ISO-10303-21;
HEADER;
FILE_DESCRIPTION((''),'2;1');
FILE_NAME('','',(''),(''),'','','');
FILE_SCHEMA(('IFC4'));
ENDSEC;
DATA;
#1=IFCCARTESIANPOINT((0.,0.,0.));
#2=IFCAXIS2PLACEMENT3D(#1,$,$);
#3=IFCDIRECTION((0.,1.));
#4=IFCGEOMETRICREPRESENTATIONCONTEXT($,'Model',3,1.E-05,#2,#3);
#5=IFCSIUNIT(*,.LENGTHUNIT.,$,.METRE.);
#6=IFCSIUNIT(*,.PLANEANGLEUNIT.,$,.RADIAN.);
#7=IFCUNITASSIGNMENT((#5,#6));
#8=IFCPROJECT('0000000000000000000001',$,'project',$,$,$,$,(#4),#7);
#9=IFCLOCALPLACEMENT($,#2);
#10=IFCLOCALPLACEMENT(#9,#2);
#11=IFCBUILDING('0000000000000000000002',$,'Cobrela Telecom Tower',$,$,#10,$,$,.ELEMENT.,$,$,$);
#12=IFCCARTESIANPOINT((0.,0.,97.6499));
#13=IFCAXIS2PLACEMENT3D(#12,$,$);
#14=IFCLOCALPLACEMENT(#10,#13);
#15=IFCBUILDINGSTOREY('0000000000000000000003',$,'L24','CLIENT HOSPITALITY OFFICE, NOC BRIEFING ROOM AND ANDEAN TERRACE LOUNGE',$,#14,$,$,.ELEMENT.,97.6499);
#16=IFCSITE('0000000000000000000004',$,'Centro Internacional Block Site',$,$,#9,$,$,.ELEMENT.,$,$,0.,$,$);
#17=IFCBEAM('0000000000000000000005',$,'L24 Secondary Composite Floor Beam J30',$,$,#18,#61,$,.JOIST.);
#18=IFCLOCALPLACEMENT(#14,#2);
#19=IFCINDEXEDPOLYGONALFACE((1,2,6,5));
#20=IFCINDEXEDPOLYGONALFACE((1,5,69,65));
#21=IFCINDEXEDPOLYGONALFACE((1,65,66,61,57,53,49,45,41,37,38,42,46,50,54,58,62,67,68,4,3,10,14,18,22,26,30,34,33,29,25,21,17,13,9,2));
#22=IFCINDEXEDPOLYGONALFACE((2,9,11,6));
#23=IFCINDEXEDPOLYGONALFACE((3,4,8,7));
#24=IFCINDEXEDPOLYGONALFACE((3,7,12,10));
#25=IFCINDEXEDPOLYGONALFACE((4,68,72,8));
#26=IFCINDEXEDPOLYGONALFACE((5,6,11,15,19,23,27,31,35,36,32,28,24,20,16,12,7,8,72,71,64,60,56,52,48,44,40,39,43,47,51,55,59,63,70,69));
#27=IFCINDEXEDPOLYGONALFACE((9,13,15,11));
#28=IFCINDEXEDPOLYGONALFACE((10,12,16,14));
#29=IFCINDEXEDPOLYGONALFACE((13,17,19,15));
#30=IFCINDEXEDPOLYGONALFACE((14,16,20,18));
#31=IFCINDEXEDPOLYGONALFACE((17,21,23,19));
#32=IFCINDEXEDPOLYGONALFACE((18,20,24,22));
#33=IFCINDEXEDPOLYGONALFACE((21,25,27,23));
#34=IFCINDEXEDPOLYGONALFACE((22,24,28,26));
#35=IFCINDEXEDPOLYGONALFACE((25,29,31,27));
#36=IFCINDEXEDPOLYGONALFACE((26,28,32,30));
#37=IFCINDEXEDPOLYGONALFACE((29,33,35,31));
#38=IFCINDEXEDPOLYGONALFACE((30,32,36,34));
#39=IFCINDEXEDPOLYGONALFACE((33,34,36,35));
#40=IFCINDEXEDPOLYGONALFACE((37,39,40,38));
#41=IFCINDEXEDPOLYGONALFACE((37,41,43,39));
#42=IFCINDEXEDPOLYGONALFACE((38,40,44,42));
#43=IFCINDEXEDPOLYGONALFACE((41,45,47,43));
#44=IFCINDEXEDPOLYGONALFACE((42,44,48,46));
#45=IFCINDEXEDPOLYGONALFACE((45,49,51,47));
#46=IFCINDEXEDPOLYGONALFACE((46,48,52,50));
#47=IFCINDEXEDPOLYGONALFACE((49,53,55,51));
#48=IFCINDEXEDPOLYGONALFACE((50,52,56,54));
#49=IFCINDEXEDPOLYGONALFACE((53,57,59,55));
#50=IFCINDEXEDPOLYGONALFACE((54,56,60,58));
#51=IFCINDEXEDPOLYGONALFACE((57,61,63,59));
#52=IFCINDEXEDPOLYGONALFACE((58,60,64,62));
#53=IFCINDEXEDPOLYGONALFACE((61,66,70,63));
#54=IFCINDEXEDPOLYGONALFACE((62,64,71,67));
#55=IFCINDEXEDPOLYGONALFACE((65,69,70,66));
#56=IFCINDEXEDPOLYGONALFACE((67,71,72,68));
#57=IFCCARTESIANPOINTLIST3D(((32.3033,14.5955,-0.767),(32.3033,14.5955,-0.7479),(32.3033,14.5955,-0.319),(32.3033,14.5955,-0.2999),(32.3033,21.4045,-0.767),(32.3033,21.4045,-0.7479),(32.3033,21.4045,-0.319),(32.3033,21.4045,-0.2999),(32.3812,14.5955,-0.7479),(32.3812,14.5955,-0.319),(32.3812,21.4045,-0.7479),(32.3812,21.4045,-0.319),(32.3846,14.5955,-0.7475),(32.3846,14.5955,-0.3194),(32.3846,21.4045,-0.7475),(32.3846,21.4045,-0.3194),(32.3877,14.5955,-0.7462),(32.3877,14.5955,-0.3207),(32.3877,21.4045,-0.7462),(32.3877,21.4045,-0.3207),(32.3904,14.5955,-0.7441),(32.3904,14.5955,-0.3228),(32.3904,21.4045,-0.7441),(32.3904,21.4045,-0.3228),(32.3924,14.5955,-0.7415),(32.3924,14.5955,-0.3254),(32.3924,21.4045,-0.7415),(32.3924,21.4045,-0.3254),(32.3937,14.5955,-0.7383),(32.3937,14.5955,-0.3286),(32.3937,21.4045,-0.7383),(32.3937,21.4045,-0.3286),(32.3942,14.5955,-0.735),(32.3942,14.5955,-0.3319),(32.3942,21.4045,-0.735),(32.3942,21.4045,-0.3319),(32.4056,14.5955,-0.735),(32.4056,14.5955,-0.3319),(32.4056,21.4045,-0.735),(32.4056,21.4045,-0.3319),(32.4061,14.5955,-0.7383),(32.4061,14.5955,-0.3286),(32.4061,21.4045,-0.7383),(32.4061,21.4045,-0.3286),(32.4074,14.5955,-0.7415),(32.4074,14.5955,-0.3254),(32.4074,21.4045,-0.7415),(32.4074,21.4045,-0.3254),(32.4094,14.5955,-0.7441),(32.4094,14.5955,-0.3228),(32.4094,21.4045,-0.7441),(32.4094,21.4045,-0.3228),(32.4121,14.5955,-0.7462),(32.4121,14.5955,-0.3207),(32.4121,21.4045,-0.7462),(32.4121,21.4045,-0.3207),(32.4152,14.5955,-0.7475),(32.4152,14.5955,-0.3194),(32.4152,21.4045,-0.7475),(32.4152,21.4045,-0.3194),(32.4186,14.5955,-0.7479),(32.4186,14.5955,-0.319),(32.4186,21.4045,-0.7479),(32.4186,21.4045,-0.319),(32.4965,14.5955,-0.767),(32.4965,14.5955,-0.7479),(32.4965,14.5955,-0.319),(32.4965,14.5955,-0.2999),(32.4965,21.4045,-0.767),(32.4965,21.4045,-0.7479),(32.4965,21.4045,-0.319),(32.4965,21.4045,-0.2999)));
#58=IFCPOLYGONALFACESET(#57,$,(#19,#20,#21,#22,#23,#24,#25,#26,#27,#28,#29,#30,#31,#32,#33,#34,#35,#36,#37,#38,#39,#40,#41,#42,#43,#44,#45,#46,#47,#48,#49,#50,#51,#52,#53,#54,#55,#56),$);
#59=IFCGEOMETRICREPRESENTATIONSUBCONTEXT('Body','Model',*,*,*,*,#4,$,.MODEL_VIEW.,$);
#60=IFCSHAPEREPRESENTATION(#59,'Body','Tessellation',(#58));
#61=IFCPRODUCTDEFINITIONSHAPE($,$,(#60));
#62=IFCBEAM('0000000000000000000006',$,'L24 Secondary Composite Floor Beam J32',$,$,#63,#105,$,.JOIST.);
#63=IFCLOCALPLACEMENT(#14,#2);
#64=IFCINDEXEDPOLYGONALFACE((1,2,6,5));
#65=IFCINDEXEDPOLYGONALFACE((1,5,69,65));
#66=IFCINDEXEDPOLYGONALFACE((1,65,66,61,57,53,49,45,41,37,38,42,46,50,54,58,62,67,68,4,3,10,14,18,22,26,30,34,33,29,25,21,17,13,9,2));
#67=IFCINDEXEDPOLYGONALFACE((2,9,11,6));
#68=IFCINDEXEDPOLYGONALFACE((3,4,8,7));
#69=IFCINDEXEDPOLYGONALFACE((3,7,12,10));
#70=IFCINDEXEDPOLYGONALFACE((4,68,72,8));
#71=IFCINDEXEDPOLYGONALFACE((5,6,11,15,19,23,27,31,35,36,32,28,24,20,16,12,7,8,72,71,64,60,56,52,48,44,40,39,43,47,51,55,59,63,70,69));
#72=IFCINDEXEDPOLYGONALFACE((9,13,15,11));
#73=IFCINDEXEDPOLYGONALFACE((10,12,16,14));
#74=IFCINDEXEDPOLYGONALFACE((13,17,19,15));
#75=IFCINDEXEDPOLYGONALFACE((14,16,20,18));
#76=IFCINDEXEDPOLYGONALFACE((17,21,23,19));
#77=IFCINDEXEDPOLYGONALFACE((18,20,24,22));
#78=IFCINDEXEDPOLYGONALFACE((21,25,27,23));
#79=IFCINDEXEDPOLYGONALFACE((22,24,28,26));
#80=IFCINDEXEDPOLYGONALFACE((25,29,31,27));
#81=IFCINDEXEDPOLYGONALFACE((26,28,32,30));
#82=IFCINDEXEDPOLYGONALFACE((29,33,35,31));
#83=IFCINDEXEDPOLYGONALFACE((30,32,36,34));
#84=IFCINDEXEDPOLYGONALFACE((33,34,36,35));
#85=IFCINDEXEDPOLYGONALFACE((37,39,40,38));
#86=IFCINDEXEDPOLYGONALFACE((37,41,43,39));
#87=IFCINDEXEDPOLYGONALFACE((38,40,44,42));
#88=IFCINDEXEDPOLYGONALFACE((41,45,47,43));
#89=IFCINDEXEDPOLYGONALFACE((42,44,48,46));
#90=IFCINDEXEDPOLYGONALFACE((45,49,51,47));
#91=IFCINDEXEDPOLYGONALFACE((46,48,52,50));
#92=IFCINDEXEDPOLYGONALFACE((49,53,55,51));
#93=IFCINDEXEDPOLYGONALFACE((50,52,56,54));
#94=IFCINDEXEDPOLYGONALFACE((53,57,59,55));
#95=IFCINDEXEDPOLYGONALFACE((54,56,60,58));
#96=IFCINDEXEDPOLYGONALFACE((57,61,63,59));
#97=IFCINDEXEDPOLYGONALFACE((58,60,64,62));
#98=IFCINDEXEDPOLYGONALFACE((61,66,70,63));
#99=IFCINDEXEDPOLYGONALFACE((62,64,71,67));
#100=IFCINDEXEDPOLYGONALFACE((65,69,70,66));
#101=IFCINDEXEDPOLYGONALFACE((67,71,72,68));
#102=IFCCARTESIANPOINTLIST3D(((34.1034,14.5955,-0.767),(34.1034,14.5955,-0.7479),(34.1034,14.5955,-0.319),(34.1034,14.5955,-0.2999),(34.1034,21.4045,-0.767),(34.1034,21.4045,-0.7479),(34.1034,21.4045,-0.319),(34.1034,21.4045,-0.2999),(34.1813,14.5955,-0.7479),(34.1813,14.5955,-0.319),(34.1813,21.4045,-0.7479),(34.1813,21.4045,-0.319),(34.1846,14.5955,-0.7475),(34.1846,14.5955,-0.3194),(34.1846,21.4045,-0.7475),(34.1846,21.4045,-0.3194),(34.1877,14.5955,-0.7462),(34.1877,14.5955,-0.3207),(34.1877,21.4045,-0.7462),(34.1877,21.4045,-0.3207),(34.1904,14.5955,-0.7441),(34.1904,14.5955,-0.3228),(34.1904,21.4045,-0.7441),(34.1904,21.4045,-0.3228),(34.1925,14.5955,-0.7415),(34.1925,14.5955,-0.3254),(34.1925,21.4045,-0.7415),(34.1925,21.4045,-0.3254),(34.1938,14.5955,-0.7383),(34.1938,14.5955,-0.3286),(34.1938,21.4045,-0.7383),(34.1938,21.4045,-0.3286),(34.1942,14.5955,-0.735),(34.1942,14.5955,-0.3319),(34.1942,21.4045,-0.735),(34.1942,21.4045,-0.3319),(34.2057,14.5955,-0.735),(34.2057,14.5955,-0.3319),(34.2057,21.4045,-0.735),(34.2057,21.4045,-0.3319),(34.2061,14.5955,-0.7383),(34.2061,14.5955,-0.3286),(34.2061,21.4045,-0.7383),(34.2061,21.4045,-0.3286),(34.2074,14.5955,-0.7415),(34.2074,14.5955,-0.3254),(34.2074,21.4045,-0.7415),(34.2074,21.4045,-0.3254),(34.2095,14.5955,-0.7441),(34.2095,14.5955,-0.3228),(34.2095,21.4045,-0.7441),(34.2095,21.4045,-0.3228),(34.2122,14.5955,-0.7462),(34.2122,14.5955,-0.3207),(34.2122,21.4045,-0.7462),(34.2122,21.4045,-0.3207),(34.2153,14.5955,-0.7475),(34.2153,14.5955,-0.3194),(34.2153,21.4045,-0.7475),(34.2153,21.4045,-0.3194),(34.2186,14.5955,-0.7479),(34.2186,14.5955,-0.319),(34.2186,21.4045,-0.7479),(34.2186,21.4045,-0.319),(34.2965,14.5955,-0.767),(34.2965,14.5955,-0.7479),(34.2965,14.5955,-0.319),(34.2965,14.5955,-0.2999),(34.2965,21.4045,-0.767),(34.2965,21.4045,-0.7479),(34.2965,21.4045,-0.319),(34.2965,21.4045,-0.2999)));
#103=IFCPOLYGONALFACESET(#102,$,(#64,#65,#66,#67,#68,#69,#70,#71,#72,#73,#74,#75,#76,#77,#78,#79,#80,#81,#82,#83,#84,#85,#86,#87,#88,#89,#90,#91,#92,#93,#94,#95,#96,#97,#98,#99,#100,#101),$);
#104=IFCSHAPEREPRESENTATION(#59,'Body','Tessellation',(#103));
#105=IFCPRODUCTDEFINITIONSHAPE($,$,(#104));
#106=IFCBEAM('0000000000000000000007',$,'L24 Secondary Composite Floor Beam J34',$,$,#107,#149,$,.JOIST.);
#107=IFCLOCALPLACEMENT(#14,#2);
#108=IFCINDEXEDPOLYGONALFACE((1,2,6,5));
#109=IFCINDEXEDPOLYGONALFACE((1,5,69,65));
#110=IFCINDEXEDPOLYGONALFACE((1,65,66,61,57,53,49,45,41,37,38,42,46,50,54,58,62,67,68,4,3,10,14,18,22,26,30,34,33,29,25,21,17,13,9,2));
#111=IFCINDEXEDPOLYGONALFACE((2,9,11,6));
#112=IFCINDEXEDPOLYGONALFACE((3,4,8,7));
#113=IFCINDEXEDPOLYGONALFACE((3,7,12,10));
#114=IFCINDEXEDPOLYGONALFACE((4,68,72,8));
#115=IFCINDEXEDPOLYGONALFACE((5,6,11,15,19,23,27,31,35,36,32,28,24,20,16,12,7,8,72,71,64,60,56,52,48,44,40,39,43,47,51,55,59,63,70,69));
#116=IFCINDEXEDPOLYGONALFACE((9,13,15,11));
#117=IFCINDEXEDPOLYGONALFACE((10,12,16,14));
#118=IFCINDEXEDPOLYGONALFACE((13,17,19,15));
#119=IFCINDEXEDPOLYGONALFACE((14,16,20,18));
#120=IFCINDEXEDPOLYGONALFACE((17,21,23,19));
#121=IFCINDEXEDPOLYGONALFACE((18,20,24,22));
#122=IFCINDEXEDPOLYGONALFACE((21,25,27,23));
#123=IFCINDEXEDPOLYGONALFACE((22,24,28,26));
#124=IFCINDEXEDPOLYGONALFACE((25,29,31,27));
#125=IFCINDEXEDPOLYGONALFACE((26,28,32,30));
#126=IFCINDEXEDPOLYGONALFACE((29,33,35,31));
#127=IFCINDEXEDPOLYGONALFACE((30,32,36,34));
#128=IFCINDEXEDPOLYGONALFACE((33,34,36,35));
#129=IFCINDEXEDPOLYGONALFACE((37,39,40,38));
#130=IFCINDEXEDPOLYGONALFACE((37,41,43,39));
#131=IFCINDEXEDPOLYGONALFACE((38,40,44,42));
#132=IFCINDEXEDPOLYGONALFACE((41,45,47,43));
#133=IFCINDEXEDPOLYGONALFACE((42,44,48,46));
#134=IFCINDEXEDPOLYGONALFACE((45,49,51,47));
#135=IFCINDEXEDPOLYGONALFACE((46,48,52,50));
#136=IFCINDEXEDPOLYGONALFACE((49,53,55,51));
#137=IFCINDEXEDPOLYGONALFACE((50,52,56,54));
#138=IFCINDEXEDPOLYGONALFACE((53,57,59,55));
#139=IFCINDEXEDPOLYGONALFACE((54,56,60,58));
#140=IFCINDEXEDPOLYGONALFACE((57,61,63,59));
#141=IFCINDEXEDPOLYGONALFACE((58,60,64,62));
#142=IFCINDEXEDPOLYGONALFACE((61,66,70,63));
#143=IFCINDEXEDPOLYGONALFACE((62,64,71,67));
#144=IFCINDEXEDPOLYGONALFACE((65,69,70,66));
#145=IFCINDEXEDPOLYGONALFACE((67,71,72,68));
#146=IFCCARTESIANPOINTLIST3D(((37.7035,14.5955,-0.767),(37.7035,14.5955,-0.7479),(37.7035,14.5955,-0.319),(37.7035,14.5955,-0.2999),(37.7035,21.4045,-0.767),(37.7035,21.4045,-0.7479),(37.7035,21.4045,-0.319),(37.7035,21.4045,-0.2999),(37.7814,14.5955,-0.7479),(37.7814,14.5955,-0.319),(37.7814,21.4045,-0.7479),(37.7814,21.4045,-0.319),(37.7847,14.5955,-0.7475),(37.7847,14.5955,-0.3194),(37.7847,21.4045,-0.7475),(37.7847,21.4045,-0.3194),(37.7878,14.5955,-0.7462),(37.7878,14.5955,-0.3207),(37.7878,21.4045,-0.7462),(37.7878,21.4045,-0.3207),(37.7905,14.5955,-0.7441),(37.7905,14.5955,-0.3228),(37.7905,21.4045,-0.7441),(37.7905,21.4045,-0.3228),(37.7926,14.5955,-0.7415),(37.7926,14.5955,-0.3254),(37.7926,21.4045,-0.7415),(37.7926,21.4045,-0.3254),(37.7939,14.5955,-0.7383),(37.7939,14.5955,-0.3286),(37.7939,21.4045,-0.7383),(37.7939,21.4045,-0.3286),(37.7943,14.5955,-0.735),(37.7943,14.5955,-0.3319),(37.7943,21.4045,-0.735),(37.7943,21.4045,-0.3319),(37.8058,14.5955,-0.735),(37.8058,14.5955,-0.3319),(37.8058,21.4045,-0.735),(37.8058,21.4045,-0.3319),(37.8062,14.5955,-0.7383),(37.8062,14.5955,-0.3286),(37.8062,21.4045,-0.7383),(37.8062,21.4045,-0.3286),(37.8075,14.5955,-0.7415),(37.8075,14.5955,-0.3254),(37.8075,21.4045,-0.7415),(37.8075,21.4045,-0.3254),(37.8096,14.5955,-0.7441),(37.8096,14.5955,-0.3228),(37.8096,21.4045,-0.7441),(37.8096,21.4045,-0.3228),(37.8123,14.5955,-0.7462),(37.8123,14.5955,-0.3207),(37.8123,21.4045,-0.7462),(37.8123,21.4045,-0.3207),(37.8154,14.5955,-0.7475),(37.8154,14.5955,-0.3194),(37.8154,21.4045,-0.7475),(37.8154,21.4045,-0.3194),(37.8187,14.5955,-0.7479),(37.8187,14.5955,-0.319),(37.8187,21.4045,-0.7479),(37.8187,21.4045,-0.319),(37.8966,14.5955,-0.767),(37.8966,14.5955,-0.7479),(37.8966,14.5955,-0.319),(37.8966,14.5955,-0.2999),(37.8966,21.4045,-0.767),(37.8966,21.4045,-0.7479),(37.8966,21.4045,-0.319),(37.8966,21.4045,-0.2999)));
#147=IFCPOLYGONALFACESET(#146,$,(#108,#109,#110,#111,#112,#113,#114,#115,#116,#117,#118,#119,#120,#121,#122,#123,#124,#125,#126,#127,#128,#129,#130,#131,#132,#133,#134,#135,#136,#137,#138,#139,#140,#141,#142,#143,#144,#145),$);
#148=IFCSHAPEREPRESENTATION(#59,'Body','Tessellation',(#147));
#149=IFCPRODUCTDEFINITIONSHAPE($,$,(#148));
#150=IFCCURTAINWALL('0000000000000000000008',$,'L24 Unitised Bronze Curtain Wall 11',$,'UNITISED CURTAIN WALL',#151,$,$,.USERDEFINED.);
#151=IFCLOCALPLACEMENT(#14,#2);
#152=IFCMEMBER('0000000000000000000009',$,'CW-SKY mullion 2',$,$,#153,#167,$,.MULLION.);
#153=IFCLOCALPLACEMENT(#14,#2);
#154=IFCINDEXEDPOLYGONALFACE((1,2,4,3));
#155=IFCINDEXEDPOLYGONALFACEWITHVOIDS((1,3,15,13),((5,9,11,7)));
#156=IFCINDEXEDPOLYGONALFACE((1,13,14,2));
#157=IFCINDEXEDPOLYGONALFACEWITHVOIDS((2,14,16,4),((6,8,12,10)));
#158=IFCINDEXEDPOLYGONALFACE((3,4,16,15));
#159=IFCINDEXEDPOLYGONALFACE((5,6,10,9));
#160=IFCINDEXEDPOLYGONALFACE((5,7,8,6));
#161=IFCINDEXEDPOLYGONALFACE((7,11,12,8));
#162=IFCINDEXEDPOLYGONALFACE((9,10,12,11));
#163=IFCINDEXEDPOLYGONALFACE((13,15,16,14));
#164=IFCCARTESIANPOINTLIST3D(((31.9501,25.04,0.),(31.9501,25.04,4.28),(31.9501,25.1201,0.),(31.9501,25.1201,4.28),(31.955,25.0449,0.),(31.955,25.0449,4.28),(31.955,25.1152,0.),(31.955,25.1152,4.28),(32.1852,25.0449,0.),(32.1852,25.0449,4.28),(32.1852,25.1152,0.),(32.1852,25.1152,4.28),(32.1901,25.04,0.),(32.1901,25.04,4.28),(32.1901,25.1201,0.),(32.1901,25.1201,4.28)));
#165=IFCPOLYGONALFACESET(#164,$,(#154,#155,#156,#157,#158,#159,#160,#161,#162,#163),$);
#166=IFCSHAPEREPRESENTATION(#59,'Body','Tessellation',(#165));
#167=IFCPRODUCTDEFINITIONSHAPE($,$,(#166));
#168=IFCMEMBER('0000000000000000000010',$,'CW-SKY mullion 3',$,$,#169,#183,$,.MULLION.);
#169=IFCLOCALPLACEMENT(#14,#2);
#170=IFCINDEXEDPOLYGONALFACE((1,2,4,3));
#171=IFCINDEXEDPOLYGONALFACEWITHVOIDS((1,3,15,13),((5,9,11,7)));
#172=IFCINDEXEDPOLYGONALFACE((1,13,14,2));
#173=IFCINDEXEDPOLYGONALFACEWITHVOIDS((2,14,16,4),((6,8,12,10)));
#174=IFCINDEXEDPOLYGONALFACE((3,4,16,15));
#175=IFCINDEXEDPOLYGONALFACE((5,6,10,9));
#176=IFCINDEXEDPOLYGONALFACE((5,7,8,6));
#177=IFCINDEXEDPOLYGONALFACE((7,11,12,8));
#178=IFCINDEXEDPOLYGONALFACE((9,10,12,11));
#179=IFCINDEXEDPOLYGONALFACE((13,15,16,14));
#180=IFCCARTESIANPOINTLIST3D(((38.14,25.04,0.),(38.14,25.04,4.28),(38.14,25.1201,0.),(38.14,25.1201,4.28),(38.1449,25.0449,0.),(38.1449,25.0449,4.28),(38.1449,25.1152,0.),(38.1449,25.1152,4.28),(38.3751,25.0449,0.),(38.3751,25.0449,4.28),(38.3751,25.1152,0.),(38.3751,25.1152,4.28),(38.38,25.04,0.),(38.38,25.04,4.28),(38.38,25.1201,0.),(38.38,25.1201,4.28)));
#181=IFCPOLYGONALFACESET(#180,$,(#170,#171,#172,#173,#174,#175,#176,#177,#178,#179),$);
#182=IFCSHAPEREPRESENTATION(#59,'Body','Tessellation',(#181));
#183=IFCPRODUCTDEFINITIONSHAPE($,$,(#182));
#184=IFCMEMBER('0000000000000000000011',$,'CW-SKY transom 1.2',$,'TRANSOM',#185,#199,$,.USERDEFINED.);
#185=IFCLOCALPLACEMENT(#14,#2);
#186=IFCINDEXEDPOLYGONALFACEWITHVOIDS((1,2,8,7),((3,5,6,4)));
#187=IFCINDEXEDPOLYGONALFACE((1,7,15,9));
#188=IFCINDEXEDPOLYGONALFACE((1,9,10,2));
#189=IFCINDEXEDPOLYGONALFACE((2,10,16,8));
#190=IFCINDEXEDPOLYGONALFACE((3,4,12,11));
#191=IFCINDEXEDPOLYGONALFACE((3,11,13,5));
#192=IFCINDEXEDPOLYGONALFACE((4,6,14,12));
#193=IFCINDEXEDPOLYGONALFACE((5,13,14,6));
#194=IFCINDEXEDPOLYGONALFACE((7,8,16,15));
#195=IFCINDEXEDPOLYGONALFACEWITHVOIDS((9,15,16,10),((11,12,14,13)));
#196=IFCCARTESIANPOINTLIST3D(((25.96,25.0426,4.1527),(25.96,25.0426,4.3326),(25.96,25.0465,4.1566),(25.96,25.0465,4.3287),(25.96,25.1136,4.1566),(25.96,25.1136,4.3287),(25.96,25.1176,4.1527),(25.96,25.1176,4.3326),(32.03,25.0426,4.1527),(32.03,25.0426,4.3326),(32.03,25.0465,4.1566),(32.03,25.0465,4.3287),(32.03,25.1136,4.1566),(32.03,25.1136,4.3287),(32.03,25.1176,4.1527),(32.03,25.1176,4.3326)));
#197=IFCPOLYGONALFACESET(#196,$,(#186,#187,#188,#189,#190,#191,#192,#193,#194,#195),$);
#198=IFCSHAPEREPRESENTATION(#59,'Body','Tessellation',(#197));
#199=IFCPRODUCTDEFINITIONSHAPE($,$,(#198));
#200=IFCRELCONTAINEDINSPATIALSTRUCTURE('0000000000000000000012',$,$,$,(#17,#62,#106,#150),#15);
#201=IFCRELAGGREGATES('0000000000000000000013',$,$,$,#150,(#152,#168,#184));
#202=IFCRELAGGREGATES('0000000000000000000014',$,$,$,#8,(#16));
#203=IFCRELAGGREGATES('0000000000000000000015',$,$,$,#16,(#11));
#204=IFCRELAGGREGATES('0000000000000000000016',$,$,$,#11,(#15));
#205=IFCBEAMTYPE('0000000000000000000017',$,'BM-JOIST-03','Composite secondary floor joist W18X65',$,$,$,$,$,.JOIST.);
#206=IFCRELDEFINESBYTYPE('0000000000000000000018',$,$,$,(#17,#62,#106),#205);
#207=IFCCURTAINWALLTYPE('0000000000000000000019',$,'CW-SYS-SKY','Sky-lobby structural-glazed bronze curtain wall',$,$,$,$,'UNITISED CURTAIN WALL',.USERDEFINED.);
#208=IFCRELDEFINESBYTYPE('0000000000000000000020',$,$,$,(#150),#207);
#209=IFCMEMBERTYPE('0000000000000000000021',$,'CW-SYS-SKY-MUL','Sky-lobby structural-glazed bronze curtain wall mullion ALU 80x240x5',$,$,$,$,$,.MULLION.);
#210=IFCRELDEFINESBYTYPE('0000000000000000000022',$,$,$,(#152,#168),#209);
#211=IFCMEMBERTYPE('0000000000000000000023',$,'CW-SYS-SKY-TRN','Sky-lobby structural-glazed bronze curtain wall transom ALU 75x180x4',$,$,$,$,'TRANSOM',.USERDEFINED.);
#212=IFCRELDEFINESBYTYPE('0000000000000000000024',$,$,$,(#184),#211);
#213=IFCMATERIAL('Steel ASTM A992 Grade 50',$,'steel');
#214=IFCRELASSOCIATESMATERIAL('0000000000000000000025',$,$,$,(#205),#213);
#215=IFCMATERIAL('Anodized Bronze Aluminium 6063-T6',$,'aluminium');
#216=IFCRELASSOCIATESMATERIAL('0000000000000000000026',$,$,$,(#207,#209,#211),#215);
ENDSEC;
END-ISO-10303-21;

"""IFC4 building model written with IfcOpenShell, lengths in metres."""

from ifc_helpers import new_model, si_unit, direction, frame, origin, origin_2d, place, context, subcontext, project, spatial, hollow_rectangle, i_section, extrude, material, material_profile, profile_set, type_object, element, aggregate, save


model = new_model("IFC4")

# Units and contexts
model_context = context("Model", 3, precision=1e-05, world=origin(), true_north=direction((0.0, 1.0)))
body_context = subcontext(model_context, "Body", "Model", "MODEL_VIEW")
ifc_project = project(units=[si_unit("LENGTHUNIT", "METRE"), si_unit("PLANEANGLEUNIT", "RADIAN")], contexts=[model_context])

# Site, building, storey
site_placement = place(None, origin())
site = spatial("IfcSite", under=ifc_project, at=site_placement, Name="Centro Internacional Block Site", CompositionType="ELEMENT", RefElevation=0.0)
building_placement = place(site_placement, origin())
building = spatial("IfcBuilding", under=site, at=building_placement, Name="Cobrela Telecom Tower", CompositionType="ELEMENT")
storey_placement = place(building_placement, frame((0.0, 0.0, 97.6499)))
storey = spatial("IfcBuildingStorey", under=building, at=storey_placement, Name="L24", Description="CLIENT HOSPITALITY OFFICE, NOC BRIEFING ROOM AND ANDEAN TERRACE LOUNGE", CompositionType="ELEMENT", Elevation=97.6499)

# Shared definitions
ifc_material_1 = material(Name="Steel ASTM A992 Grade 50", Category="steel")

# Beams
ifc_material_profile_1 = material_profile(ifc_material_1, i_section(OverallWidth=0.1931, OverallDepth=0.467, WebThickness=0.0115, FlangeThickness=0.019, FilletRadius=0.0129, at=origin_2d()), Name="W18X65")
ifc_profile_set_1 = profile_set([ifc_material_profile_1], Name="Steel ASTM A992 Grade 50")
beam_type_1 = type_object("IfcBeamType", Name="BM-JOIST-03", Description="Composite secondary floor joist W18X65", PredefinedType="JOIST", material=ifc_profile_set_1)
for number, where, z_axis, x_axis, name in (
    (1, (32.3999, 14.5955, -0.5334), (0.0, 1.0, 0.0), (-1.0, 0.0, 0.0), "L24 Secondary Composite Floor Beam J30"),
    (2, (34.2, 14.5955, -0.5334), (0.0, 1.0, 0.0), (-1.0, 0.0, 0.0), "L24 Secondary Composite Floor Beam J32"),
    (3, (37.8, 14.5955, -0.5334), (0.0, 1.0, 0.0), (-1.0, 0.0, 0.0), "L24 Secondary Composite Floor Beam J34"),
):
    element("IfcBeam", number, at=place(storey_placement, frame(where, z_axis=z_axis, x_axis=x_axis)), inside=storey, type_object=beam_type_1, Name=name, PredefinedType="JOIST", context=body_context, shape_type="SweptSolid", body=[
        extrude(i_section(OverallWidth=0.1931, OverallDepth=0.467, WebThickness=0.0115, FlangeThickness=0.019, FilletRadius=0.0129, at=origin_2d()), origin(), (0.0, 0.0, 1.0), 6.8091),
    ])

# Curtain wall, members
ifc_material_2 = material(Name="Anodized Bronze Aluminium 6063-T6", Category="aluminium")
curtain_wall_type = type_object("IfcCurtainWallType", Name="CW-SYS-SKY", Description="Sky-lobby structural-glazed bronze curtain wall", ElementType="UNITISED CURTAIN WALL", PredefinedType="USERDEFINED", material=ifc_material_2)
curtain_wall_placement = place(storey_placement, origin())
curtain_wall = element("IfcCurtainWall", 4, at=curtain_wall_placement, inside=storey, type_object=curtain_wall_type, Name="L24 Unitised Bronze Curtain Wall 11", ObjectType="UNITISED CURTAIN WALL", PredefinedType="USERDEFINED")
ifc_material_profile_2 = material_profile(ifc_material_2, hollow_rectangle(XDim=0.0801, YDim=0.24, WallThickness=0.0049, at=origin_2d()), Name="ALU 80x240x5")
ifc_profile_set_2 = profile_set([ifc_material_profile_2], Name="Anodized Bronze Aluminium 6063-T6")
member_type_1 = type_object("IfcMemberType", Name="CW-SYS-SKY-MUL", Description="Sky-lobby structural-glazed bronze curtain wall mullion ALU 80x240x5", PredefinedType="MULLION", material=ifc_profile_set_2)
member_1_placement = place(storey_placement, frame((32.0701, 25.0801, 0.0), z_axis=(0.0, 0.0, 1.0), x_axis=(0.0, 1.0, 0.0)))
member_1 = element("IfcMember", 5, at=member_1_placement, type_object=member_type_1, Name="CW-SKY mullion 2", PredefinedType="MULLION", context=body_context, shape_type="SweptSolid", body=[
    extrude(hollow_rectangle(XDim=0.0801, YDim=0.24, WallThickness=0.0049, at=origin_2d()), origin(), (0.0, 0.0, 1.0), 4.28),
])
member_2_placement = place(storey_placement, frame((38.26, 25.0801, 0.0), z_axis=(0.0, 0.0, 1.0), x_axis=(0.0, 1.0, 0.0)))
member_2 = element("IfcMember", 6, at=member_2_placement, type_object=member_type_1, Name="CW-SKY mullion 3", PredefinedType="MULLION", context=body_context, shape_type="SweptSolid", body=[
    extrude(hollow_rectangle(XDim=0.0801, YDim=0.24, WallThickness=0.0049, at=origin_2d()), origin(), (0.0, 0.0, 1.0), 4.28),
])
ifc_material_profile_3 = material_profile(ifc_material_2, hollow_rectangle(XDim=0.075, YDim=0.1799, WallThickness=0.0039, at=origin_2d()), Name="ALU 75x180x4")
ifc_profile_set_3 = profile_set([ifc_material_profile_3], Name="Anodized Bronze Aluminium 6063-T6")
member_type_2 = type_object("IfcMemberType", Name="CW-SYS-SKY-TRN", Description="Sky-lobby structural-glazed bronze curtain wall transom ALU 75x180x4", ElementType="TRANSOM", PredefinedType="USERDEFINED", material=ifc_profile_set_3)
member_3_placement = place(storey_placement, frame((25.96, 25.0801, 4.2427), z_axis=(1.0, 0.0, 0.0), x_axis=(0.0, 1.0, 0.0)))
member_3 = element("IfcMember", 7, at=member_3_placement, type_object=member_type_2, Name="CW-SKY transom 1.2", ObjectType="TRANSOM", PredefinedType="USERDEFINED", context=body_context, shape_type="SweptSolid", body=[
    extrude(hollow_rectangle(XDim=0.075, YDim=0.1799, WallThickness=0.0039, at=origin_2d()), origin(), (0.0, 0.0, 1.0), 6.0701),
])
aggregate(curtain_wall, [member_1, member_2, member_3])

save(model, "model.ifc")
